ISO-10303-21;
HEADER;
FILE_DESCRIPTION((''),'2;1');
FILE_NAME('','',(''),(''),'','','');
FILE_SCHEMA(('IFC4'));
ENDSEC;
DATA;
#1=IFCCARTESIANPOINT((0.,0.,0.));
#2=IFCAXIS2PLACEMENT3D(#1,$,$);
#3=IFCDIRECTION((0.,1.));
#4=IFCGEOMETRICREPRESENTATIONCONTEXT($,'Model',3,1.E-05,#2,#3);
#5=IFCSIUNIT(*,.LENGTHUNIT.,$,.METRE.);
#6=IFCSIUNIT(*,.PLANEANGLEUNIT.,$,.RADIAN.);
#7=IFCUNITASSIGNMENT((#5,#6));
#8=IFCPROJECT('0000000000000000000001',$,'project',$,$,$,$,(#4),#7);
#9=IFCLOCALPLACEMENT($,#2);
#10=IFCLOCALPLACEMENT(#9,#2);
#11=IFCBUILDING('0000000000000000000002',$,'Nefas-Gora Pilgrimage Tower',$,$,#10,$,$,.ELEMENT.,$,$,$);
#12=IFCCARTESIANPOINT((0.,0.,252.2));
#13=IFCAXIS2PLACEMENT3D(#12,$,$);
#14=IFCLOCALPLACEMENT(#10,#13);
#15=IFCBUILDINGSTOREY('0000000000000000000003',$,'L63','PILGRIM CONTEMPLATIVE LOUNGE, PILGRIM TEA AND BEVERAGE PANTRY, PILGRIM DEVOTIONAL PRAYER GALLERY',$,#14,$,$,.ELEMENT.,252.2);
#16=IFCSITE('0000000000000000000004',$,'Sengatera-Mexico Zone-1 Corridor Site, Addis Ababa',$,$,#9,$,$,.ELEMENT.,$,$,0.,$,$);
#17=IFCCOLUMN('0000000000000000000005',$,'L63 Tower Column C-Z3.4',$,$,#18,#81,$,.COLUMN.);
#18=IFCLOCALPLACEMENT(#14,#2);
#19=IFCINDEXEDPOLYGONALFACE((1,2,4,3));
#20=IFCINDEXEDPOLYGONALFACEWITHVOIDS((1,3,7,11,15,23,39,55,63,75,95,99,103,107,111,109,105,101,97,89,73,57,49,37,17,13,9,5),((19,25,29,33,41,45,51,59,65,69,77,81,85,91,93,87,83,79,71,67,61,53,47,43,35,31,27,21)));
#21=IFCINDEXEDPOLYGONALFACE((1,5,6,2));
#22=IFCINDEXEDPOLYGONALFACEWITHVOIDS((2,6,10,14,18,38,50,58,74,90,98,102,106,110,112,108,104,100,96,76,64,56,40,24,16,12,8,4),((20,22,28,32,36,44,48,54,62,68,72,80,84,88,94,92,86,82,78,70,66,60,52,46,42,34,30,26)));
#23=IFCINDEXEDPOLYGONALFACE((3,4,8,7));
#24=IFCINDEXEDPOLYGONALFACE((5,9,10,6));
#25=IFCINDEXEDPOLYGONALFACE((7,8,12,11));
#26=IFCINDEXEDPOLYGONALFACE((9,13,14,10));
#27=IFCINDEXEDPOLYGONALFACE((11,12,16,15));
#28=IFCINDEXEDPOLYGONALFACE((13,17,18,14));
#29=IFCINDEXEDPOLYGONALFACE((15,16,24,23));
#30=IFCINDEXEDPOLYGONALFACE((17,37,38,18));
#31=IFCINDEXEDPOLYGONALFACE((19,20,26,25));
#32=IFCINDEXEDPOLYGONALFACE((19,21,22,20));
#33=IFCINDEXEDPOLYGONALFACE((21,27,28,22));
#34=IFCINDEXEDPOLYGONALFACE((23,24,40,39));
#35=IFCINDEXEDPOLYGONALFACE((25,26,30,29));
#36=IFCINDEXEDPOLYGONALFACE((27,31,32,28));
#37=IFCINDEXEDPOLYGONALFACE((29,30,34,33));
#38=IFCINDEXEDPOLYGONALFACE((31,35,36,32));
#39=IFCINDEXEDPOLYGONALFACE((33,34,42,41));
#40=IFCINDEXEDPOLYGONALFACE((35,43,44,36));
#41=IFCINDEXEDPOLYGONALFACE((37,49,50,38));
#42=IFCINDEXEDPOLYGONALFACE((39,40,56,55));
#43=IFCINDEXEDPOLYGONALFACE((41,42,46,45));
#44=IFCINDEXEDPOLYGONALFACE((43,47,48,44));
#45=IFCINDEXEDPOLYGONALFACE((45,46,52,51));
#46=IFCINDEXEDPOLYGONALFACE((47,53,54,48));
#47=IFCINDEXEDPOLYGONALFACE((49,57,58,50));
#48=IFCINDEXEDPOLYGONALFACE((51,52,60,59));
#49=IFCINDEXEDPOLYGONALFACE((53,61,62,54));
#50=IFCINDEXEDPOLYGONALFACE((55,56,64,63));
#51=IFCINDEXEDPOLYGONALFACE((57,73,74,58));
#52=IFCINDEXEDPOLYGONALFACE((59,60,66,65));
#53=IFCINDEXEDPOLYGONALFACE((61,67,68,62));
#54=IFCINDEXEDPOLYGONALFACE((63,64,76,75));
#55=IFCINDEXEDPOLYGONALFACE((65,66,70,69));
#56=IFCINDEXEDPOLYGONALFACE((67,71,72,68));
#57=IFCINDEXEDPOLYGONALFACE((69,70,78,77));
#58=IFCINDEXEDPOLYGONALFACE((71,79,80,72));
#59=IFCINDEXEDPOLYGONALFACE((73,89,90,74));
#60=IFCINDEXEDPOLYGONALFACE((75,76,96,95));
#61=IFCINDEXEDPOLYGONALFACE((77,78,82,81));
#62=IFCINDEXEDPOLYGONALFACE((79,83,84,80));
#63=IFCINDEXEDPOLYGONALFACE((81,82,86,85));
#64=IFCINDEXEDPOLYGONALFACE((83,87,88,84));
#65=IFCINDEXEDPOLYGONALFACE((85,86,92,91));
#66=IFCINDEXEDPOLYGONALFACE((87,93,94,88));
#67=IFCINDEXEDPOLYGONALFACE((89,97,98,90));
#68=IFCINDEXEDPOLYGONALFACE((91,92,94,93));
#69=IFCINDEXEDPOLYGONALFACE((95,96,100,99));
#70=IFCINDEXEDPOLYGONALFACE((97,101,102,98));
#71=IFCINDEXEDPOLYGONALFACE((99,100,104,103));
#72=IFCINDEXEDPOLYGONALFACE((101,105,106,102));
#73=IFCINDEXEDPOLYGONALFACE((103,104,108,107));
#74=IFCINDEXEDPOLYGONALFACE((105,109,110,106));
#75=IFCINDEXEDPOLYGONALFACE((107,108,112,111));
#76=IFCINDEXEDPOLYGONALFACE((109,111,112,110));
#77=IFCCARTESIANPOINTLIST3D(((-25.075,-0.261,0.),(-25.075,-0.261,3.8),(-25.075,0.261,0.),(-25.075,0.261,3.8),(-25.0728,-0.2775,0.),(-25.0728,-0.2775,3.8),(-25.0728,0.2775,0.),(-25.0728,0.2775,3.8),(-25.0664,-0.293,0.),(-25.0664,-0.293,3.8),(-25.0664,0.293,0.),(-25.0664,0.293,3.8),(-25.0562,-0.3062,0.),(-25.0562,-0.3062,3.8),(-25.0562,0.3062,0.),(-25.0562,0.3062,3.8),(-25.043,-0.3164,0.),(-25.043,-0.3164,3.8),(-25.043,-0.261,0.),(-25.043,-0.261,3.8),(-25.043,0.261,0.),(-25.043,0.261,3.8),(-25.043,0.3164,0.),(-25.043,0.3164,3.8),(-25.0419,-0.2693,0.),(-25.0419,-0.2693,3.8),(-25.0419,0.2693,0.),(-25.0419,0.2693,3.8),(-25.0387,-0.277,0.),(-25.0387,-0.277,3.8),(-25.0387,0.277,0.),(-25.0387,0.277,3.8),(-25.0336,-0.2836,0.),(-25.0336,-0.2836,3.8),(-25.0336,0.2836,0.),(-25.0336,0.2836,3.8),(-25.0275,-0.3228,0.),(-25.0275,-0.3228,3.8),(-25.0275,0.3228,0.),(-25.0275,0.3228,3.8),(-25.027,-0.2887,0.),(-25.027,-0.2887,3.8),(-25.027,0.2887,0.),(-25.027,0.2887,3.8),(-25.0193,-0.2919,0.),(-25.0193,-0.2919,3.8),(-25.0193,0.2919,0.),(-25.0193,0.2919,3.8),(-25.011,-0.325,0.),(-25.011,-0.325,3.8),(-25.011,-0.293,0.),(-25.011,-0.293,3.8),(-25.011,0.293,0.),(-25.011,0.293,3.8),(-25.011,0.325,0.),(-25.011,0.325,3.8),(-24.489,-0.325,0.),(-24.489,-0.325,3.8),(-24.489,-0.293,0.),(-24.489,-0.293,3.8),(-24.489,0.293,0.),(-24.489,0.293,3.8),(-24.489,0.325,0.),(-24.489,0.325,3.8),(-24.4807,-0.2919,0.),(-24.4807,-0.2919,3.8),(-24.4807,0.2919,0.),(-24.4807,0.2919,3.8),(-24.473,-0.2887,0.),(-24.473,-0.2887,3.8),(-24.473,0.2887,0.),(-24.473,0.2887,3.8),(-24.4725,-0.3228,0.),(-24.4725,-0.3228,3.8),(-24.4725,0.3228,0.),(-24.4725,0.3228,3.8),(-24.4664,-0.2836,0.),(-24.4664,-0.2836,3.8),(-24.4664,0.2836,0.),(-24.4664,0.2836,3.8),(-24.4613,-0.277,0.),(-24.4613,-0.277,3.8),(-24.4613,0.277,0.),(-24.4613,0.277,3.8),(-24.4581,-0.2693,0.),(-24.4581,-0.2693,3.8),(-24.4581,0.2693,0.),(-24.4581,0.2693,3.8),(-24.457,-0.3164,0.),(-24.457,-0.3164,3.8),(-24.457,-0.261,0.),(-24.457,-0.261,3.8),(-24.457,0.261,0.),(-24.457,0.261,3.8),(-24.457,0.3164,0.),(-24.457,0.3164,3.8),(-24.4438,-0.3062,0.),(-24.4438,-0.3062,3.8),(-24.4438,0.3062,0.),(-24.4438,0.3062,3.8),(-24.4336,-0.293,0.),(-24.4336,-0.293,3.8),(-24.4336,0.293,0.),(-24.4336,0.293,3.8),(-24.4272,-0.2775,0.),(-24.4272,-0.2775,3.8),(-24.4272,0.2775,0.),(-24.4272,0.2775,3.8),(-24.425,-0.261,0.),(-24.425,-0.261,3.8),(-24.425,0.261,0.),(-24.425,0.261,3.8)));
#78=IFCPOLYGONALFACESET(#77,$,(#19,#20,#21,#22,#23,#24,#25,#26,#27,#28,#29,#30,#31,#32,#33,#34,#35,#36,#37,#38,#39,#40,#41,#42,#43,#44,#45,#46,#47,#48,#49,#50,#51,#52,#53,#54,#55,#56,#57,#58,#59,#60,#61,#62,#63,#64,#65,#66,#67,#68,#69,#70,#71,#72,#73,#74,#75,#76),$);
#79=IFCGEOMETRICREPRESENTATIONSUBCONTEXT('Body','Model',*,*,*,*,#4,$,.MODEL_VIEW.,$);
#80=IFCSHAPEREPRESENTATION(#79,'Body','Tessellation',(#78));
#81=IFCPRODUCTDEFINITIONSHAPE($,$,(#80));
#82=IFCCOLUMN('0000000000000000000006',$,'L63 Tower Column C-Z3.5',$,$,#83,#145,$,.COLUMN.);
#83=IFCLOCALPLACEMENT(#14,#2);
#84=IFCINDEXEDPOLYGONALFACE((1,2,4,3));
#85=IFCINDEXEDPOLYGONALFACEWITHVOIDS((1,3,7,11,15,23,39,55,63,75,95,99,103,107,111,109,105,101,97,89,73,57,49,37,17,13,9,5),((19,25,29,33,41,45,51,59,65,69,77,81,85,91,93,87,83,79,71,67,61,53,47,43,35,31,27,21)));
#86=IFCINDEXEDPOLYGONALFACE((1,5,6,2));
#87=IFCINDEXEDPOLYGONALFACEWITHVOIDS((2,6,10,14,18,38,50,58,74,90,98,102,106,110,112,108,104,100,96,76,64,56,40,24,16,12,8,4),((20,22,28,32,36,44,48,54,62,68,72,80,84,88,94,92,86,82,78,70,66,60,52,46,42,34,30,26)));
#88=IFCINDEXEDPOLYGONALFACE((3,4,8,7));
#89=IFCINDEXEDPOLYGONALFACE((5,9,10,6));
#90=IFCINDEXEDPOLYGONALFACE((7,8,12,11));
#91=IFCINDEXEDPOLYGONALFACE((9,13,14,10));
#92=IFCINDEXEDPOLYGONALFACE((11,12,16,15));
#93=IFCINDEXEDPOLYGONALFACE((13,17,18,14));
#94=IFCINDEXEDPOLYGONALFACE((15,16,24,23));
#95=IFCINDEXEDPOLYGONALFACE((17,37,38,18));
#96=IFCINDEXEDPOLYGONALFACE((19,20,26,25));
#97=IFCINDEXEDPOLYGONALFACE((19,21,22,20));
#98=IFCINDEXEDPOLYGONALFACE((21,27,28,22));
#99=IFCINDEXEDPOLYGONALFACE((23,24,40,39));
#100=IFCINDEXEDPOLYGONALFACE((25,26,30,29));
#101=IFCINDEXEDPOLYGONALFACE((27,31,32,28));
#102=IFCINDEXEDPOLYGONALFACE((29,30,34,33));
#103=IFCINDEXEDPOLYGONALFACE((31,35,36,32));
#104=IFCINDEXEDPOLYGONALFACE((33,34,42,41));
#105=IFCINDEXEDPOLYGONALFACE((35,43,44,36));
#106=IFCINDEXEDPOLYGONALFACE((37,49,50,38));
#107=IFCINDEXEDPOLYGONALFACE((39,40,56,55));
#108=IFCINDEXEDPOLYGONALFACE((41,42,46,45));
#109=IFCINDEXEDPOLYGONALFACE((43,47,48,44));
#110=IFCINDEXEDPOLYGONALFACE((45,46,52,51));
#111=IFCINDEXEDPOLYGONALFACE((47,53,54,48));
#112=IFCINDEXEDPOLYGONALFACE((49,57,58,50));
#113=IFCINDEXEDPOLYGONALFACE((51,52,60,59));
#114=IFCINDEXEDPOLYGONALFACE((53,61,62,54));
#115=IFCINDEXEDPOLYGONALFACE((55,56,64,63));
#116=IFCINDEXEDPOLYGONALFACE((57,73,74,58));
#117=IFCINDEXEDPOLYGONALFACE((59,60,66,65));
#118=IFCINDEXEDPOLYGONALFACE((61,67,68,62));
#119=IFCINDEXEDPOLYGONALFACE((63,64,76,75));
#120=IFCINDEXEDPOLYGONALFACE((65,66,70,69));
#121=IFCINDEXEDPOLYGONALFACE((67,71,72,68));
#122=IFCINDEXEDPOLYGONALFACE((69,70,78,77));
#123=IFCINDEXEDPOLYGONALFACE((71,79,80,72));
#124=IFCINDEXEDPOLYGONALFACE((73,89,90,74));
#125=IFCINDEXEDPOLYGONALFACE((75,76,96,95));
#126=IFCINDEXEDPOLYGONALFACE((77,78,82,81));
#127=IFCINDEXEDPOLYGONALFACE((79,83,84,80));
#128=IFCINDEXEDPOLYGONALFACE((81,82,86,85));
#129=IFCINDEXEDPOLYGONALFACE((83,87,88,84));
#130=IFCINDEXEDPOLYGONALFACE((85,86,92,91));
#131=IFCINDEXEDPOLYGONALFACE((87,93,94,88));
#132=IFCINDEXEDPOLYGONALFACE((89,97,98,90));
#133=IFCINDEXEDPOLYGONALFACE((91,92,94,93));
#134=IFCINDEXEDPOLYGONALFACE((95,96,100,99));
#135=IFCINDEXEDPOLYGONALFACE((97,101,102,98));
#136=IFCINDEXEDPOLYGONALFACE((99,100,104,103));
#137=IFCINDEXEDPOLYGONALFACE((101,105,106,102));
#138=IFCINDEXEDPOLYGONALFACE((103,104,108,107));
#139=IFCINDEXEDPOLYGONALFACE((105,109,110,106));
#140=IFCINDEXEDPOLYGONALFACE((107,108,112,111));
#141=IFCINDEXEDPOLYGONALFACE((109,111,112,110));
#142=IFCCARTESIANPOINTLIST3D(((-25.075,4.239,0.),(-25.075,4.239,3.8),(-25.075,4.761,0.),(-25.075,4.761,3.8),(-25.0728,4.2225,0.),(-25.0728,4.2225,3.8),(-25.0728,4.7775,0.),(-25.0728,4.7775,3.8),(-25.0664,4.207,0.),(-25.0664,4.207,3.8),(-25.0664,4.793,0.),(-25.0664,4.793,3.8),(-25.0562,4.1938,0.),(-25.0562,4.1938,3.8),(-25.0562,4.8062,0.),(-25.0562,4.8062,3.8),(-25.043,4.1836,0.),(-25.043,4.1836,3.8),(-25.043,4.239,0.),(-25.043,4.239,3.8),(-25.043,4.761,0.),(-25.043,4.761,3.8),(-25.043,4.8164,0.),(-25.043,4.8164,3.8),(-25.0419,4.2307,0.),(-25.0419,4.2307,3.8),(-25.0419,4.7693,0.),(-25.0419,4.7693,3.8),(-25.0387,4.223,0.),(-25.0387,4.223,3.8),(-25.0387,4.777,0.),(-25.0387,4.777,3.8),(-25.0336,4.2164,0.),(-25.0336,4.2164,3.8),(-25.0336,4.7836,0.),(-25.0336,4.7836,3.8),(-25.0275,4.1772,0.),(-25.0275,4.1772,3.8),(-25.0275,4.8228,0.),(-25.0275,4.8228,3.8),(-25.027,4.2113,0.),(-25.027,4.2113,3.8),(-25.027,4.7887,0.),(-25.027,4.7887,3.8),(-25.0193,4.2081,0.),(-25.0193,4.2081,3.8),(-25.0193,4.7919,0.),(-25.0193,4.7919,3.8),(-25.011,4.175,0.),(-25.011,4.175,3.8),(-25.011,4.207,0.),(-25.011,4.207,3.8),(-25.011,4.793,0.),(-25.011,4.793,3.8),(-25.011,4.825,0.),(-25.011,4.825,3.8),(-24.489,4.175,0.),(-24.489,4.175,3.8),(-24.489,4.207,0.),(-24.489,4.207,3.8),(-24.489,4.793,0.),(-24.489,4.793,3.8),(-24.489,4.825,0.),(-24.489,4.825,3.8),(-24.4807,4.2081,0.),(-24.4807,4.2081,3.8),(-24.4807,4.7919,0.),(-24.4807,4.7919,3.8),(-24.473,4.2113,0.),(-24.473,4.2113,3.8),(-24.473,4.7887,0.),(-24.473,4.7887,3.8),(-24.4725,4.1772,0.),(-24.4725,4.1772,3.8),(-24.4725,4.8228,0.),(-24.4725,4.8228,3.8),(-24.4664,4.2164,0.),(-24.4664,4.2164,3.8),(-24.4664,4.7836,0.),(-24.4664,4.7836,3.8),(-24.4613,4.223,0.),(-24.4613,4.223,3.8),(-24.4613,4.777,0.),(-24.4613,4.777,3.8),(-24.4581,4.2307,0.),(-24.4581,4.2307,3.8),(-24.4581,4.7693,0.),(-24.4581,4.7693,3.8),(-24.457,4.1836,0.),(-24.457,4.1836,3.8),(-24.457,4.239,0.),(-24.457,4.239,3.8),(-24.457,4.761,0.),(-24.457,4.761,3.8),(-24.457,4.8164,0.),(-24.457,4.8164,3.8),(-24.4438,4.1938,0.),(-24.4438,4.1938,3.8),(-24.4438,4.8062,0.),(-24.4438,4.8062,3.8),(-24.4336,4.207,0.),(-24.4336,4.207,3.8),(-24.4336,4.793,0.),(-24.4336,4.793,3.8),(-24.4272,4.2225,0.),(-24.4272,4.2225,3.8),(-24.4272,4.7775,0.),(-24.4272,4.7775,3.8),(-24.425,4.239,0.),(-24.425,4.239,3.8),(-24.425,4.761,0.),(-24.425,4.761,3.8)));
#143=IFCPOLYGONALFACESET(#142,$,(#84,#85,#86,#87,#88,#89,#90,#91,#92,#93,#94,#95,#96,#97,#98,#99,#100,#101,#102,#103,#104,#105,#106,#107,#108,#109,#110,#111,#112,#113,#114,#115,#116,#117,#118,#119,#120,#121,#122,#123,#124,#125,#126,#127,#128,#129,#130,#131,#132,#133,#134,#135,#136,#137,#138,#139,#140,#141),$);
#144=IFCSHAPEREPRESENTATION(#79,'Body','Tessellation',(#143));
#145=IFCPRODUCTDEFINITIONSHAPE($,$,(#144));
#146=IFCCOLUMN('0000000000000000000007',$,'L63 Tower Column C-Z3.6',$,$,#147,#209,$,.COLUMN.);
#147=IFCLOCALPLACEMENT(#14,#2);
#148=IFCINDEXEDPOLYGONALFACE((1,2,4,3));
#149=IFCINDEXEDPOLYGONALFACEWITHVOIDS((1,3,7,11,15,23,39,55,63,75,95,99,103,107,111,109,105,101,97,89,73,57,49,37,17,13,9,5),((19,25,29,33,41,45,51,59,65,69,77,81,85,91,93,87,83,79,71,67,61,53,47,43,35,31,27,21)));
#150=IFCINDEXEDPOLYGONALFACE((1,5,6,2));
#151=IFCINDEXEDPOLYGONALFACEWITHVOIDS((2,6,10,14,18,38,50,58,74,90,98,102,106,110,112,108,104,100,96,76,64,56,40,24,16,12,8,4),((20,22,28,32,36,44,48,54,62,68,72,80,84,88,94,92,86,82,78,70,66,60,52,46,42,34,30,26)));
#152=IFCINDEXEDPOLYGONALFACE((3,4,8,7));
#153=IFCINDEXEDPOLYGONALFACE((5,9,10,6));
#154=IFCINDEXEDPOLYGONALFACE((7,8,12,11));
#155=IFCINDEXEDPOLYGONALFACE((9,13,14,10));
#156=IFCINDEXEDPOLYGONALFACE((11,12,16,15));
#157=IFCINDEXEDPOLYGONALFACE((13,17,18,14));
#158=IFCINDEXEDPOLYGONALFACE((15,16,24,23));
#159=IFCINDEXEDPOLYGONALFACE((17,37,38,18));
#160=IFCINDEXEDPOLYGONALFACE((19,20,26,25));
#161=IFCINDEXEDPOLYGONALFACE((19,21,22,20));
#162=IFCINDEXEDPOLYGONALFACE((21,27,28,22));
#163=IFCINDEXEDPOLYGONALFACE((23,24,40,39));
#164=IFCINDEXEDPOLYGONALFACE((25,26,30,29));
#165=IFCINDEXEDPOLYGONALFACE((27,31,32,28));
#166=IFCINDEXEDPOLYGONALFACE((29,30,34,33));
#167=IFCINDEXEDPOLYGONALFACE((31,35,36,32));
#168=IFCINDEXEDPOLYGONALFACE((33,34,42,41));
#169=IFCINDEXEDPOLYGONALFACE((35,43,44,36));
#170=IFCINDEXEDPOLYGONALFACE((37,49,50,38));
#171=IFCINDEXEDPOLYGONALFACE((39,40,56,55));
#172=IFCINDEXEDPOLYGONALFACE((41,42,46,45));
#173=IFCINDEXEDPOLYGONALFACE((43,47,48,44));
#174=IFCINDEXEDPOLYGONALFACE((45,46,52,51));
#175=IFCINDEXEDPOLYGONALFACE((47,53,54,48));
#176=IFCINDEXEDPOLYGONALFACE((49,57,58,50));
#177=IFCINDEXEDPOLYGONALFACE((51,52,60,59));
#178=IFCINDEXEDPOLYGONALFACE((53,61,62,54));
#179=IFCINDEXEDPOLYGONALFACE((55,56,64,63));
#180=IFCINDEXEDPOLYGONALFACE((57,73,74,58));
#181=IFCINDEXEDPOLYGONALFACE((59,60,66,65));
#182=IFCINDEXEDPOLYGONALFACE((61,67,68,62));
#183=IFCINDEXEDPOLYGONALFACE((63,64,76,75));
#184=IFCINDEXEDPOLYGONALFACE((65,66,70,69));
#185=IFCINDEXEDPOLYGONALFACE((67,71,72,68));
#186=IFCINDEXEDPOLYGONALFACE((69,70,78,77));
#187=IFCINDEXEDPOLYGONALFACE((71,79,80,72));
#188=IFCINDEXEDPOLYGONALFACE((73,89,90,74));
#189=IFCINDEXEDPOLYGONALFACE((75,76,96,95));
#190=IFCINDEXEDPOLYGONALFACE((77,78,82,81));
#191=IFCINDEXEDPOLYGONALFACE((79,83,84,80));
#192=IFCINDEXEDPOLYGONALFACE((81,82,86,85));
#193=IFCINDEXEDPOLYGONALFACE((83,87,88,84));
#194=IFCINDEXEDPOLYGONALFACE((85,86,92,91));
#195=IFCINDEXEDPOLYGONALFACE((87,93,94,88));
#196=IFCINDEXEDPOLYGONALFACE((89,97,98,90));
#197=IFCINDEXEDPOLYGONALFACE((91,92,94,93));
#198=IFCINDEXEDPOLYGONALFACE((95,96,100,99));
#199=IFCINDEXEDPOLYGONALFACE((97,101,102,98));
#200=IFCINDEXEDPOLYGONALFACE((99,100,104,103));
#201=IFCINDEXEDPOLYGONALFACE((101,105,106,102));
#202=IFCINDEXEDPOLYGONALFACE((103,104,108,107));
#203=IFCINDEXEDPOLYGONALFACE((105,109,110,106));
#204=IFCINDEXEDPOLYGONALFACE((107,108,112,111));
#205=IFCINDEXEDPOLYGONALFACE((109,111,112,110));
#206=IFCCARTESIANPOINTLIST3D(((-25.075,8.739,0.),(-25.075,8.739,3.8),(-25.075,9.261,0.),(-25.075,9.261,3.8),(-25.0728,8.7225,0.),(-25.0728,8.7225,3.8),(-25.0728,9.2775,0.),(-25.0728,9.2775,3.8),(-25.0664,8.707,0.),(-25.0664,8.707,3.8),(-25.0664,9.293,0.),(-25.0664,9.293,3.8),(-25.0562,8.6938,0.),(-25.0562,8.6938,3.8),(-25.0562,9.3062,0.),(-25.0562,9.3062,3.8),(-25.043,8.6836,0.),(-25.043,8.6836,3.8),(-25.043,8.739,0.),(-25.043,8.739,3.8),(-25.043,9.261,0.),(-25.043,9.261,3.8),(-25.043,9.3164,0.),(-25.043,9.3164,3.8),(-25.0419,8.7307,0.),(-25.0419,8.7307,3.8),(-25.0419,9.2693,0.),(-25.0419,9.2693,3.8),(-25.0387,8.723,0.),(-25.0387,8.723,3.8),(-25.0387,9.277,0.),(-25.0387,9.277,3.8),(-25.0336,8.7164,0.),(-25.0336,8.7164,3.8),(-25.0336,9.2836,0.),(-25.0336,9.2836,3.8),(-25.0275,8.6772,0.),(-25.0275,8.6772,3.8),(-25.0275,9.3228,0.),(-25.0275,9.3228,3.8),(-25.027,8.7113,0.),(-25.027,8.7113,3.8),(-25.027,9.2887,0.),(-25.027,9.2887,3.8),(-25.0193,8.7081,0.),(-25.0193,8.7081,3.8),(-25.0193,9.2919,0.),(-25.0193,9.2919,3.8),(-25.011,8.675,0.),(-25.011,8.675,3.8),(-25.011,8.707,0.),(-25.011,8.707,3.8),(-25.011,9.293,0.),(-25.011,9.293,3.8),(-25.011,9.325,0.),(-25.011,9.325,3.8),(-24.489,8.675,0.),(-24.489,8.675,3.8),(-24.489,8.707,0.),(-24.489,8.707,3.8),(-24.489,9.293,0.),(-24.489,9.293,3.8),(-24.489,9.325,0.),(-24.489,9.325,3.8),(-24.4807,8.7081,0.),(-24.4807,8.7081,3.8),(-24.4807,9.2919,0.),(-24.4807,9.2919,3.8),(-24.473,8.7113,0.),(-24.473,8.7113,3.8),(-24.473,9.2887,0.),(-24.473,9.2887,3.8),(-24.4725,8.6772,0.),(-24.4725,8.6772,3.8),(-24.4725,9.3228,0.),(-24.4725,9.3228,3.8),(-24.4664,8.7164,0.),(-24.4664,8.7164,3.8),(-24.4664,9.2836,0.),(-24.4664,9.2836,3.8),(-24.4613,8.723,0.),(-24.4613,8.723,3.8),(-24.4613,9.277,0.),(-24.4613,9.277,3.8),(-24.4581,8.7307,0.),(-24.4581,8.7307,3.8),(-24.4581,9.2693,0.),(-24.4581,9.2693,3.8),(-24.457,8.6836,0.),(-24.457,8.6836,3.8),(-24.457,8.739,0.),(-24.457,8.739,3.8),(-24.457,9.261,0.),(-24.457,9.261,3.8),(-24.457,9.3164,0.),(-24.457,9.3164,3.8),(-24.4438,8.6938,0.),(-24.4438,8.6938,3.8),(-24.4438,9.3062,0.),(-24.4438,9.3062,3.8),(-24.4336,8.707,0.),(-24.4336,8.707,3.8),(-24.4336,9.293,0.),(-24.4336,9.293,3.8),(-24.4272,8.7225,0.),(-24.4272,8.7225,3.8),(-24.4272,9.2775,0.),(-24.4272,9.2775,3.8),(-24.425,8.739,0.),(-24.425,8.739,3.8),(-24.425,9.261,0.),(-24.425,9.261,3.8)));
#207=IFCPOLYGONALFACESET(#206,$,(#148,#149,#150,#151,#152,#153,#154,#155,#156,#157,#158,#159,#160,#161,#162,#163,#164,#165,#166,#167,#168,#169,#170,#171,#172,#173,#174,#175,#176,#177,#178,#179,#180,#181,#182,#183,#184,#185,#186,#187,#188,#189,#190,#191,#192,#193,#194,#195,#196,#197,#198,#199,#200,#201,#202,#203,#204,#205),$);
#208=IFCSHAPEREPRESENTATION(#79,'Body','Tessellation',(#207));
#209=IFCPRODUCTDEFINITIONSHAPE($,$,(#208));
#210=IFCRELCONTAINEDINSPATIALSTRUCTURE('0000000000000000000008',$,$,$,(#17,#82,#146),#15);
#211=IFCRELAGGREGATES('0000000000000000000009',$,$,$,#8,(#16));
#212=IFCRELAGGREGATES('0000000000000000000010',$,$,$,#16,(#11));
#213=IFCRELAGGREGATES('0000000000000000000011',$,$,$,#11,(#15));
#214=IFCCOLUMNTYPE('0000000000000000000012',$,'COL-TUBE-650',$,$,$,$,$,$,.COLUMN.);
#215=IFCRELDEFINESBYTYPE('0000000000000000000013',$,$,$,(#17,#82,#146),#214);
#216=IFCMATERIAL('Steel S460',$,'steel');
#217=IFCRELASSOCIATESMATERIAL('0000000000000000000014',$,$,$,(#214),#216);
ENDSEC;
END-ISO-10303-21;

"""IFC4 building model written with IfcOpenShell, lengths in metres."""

from ifc_helpers import new_model, si_unit, direction, frame, origin, origin_2d, place, context, subcontext, project, spatial, hollow_rectangle, extrude, source, transform, mapped, material, material_profile, profile_set, type_object, element, save


model = new_model("IFC4")

# Units and contexts
model_context = context("Model", 3, precision=1e-05, world=origin(), true_north=direction((0.0, 1.0)))
body_context = subcontext(model_context, "Body", "Model", "MODEL_VIEW")
ifc_project = project(units=[si_unit("LENGTHUNIT", "METRE"), si_unit("PLANEANGLEUNIT", "RADIAN")], contexts=[model_context])

# Site, building, storey
site_placement = place(None, origin())
site = spatial("IfcSite", under=ifc_project, at=site_placement, Name="Sengatera-Mexico Zone-1 Corridor Site, Addis Ababa", CompositionType="ELEMENT", RefElevation=0.0)
building_placement = place(site_placement, origin())
building = spatial("IfcBuilding", under=site, at=building_placement, Name="Nefas-Gora Pilgrimage Tower", CompositionType="ELEMENT")
storey_placement = place(building_placement, frame((0.0, 0.0, 252.2)))
storey = spatial("IfcBuildingStorey", under=building, at=storey_placement, Name="L63", Description="PILGRIM CONTEMPLATIVE LOUNGE, PILGRIM TEA AND BEVERAGE PANTRY, PILGRIM DEVOTIONAL PRAYER GALLERY", CompositionType="ELEMENT", Elevation=252.2)

# Columns
ifc_material_1 = material(Name="Steel S460", Category="steel")
ifc_material_profile_1 = material_profile(ifc_material_1, hollow_rectangle(XDim=0.6499, YDim=0.6499, WallThickness=0.032, InnerFilletRadius=0.032, OuterFilletRadius=0.064, at=origin_2d()), Name="BOX 650x650x32")
ifc_profile_set_1 = profile_set([ifc_material_profile_1], Name="Steel S460")
column_type_1 = type_object("IfcColumnType", Name="COL-TUBE-650", PredefinedType="COLUMN", material=ifc_profile_set_1)
shared_shape_1 = source(origin(), body_context, "Body", "SweptSolid", [
    extrude(hollow_rectangle(XDim=0.6499, YDim=0.6499, WallThickness=0.032, InnerFilletRadius=0.032, OuterFilletRadius=0.064, at=origin_2d()), origin(), (0.0, 0.0, 1.0), 3.8),
])
for number, where, z_axis, x_axis, name in (
    (1, (-24.75, 0.0, 0.0), (0.0, 0.0, 1.0), (1.0, 0.0, 0.0), "L63 Tower Column C-Z3.4"),
    (2, (-24.75, 4.5, 0.0), (0.0, 0.0, 1.0), (1.0, 0.0, 0.0), "L63 Tower Column C-Z3.5"),
    (3, (-24.75, 9.0, 0.0), (0.0, 0.0, 1.0), (1.0, 0.0, 0.0), "L63 Tower Column C-Z3.6"),
):
    element("IfcColumn", number, at=place(storey_placement, frame(where, z_axis=z_axis, x_axis=x_axis)), inside=storey, type_object=column_type_1, Name=name, PredefinedType="COLUMN", context=body_context, shape_type="MappedRepresentation", body=[
        mapped(shared_shape_1, transform((0.0, 0.0, 0.0), x_axis=(1.0, 0.0, 0.0), y_axis=(0.0, 1.0, 0.0), z_axis=(0.0, 0.0, 1.0), scale=1.0)),
    ])

save(model, "model.ifc")
